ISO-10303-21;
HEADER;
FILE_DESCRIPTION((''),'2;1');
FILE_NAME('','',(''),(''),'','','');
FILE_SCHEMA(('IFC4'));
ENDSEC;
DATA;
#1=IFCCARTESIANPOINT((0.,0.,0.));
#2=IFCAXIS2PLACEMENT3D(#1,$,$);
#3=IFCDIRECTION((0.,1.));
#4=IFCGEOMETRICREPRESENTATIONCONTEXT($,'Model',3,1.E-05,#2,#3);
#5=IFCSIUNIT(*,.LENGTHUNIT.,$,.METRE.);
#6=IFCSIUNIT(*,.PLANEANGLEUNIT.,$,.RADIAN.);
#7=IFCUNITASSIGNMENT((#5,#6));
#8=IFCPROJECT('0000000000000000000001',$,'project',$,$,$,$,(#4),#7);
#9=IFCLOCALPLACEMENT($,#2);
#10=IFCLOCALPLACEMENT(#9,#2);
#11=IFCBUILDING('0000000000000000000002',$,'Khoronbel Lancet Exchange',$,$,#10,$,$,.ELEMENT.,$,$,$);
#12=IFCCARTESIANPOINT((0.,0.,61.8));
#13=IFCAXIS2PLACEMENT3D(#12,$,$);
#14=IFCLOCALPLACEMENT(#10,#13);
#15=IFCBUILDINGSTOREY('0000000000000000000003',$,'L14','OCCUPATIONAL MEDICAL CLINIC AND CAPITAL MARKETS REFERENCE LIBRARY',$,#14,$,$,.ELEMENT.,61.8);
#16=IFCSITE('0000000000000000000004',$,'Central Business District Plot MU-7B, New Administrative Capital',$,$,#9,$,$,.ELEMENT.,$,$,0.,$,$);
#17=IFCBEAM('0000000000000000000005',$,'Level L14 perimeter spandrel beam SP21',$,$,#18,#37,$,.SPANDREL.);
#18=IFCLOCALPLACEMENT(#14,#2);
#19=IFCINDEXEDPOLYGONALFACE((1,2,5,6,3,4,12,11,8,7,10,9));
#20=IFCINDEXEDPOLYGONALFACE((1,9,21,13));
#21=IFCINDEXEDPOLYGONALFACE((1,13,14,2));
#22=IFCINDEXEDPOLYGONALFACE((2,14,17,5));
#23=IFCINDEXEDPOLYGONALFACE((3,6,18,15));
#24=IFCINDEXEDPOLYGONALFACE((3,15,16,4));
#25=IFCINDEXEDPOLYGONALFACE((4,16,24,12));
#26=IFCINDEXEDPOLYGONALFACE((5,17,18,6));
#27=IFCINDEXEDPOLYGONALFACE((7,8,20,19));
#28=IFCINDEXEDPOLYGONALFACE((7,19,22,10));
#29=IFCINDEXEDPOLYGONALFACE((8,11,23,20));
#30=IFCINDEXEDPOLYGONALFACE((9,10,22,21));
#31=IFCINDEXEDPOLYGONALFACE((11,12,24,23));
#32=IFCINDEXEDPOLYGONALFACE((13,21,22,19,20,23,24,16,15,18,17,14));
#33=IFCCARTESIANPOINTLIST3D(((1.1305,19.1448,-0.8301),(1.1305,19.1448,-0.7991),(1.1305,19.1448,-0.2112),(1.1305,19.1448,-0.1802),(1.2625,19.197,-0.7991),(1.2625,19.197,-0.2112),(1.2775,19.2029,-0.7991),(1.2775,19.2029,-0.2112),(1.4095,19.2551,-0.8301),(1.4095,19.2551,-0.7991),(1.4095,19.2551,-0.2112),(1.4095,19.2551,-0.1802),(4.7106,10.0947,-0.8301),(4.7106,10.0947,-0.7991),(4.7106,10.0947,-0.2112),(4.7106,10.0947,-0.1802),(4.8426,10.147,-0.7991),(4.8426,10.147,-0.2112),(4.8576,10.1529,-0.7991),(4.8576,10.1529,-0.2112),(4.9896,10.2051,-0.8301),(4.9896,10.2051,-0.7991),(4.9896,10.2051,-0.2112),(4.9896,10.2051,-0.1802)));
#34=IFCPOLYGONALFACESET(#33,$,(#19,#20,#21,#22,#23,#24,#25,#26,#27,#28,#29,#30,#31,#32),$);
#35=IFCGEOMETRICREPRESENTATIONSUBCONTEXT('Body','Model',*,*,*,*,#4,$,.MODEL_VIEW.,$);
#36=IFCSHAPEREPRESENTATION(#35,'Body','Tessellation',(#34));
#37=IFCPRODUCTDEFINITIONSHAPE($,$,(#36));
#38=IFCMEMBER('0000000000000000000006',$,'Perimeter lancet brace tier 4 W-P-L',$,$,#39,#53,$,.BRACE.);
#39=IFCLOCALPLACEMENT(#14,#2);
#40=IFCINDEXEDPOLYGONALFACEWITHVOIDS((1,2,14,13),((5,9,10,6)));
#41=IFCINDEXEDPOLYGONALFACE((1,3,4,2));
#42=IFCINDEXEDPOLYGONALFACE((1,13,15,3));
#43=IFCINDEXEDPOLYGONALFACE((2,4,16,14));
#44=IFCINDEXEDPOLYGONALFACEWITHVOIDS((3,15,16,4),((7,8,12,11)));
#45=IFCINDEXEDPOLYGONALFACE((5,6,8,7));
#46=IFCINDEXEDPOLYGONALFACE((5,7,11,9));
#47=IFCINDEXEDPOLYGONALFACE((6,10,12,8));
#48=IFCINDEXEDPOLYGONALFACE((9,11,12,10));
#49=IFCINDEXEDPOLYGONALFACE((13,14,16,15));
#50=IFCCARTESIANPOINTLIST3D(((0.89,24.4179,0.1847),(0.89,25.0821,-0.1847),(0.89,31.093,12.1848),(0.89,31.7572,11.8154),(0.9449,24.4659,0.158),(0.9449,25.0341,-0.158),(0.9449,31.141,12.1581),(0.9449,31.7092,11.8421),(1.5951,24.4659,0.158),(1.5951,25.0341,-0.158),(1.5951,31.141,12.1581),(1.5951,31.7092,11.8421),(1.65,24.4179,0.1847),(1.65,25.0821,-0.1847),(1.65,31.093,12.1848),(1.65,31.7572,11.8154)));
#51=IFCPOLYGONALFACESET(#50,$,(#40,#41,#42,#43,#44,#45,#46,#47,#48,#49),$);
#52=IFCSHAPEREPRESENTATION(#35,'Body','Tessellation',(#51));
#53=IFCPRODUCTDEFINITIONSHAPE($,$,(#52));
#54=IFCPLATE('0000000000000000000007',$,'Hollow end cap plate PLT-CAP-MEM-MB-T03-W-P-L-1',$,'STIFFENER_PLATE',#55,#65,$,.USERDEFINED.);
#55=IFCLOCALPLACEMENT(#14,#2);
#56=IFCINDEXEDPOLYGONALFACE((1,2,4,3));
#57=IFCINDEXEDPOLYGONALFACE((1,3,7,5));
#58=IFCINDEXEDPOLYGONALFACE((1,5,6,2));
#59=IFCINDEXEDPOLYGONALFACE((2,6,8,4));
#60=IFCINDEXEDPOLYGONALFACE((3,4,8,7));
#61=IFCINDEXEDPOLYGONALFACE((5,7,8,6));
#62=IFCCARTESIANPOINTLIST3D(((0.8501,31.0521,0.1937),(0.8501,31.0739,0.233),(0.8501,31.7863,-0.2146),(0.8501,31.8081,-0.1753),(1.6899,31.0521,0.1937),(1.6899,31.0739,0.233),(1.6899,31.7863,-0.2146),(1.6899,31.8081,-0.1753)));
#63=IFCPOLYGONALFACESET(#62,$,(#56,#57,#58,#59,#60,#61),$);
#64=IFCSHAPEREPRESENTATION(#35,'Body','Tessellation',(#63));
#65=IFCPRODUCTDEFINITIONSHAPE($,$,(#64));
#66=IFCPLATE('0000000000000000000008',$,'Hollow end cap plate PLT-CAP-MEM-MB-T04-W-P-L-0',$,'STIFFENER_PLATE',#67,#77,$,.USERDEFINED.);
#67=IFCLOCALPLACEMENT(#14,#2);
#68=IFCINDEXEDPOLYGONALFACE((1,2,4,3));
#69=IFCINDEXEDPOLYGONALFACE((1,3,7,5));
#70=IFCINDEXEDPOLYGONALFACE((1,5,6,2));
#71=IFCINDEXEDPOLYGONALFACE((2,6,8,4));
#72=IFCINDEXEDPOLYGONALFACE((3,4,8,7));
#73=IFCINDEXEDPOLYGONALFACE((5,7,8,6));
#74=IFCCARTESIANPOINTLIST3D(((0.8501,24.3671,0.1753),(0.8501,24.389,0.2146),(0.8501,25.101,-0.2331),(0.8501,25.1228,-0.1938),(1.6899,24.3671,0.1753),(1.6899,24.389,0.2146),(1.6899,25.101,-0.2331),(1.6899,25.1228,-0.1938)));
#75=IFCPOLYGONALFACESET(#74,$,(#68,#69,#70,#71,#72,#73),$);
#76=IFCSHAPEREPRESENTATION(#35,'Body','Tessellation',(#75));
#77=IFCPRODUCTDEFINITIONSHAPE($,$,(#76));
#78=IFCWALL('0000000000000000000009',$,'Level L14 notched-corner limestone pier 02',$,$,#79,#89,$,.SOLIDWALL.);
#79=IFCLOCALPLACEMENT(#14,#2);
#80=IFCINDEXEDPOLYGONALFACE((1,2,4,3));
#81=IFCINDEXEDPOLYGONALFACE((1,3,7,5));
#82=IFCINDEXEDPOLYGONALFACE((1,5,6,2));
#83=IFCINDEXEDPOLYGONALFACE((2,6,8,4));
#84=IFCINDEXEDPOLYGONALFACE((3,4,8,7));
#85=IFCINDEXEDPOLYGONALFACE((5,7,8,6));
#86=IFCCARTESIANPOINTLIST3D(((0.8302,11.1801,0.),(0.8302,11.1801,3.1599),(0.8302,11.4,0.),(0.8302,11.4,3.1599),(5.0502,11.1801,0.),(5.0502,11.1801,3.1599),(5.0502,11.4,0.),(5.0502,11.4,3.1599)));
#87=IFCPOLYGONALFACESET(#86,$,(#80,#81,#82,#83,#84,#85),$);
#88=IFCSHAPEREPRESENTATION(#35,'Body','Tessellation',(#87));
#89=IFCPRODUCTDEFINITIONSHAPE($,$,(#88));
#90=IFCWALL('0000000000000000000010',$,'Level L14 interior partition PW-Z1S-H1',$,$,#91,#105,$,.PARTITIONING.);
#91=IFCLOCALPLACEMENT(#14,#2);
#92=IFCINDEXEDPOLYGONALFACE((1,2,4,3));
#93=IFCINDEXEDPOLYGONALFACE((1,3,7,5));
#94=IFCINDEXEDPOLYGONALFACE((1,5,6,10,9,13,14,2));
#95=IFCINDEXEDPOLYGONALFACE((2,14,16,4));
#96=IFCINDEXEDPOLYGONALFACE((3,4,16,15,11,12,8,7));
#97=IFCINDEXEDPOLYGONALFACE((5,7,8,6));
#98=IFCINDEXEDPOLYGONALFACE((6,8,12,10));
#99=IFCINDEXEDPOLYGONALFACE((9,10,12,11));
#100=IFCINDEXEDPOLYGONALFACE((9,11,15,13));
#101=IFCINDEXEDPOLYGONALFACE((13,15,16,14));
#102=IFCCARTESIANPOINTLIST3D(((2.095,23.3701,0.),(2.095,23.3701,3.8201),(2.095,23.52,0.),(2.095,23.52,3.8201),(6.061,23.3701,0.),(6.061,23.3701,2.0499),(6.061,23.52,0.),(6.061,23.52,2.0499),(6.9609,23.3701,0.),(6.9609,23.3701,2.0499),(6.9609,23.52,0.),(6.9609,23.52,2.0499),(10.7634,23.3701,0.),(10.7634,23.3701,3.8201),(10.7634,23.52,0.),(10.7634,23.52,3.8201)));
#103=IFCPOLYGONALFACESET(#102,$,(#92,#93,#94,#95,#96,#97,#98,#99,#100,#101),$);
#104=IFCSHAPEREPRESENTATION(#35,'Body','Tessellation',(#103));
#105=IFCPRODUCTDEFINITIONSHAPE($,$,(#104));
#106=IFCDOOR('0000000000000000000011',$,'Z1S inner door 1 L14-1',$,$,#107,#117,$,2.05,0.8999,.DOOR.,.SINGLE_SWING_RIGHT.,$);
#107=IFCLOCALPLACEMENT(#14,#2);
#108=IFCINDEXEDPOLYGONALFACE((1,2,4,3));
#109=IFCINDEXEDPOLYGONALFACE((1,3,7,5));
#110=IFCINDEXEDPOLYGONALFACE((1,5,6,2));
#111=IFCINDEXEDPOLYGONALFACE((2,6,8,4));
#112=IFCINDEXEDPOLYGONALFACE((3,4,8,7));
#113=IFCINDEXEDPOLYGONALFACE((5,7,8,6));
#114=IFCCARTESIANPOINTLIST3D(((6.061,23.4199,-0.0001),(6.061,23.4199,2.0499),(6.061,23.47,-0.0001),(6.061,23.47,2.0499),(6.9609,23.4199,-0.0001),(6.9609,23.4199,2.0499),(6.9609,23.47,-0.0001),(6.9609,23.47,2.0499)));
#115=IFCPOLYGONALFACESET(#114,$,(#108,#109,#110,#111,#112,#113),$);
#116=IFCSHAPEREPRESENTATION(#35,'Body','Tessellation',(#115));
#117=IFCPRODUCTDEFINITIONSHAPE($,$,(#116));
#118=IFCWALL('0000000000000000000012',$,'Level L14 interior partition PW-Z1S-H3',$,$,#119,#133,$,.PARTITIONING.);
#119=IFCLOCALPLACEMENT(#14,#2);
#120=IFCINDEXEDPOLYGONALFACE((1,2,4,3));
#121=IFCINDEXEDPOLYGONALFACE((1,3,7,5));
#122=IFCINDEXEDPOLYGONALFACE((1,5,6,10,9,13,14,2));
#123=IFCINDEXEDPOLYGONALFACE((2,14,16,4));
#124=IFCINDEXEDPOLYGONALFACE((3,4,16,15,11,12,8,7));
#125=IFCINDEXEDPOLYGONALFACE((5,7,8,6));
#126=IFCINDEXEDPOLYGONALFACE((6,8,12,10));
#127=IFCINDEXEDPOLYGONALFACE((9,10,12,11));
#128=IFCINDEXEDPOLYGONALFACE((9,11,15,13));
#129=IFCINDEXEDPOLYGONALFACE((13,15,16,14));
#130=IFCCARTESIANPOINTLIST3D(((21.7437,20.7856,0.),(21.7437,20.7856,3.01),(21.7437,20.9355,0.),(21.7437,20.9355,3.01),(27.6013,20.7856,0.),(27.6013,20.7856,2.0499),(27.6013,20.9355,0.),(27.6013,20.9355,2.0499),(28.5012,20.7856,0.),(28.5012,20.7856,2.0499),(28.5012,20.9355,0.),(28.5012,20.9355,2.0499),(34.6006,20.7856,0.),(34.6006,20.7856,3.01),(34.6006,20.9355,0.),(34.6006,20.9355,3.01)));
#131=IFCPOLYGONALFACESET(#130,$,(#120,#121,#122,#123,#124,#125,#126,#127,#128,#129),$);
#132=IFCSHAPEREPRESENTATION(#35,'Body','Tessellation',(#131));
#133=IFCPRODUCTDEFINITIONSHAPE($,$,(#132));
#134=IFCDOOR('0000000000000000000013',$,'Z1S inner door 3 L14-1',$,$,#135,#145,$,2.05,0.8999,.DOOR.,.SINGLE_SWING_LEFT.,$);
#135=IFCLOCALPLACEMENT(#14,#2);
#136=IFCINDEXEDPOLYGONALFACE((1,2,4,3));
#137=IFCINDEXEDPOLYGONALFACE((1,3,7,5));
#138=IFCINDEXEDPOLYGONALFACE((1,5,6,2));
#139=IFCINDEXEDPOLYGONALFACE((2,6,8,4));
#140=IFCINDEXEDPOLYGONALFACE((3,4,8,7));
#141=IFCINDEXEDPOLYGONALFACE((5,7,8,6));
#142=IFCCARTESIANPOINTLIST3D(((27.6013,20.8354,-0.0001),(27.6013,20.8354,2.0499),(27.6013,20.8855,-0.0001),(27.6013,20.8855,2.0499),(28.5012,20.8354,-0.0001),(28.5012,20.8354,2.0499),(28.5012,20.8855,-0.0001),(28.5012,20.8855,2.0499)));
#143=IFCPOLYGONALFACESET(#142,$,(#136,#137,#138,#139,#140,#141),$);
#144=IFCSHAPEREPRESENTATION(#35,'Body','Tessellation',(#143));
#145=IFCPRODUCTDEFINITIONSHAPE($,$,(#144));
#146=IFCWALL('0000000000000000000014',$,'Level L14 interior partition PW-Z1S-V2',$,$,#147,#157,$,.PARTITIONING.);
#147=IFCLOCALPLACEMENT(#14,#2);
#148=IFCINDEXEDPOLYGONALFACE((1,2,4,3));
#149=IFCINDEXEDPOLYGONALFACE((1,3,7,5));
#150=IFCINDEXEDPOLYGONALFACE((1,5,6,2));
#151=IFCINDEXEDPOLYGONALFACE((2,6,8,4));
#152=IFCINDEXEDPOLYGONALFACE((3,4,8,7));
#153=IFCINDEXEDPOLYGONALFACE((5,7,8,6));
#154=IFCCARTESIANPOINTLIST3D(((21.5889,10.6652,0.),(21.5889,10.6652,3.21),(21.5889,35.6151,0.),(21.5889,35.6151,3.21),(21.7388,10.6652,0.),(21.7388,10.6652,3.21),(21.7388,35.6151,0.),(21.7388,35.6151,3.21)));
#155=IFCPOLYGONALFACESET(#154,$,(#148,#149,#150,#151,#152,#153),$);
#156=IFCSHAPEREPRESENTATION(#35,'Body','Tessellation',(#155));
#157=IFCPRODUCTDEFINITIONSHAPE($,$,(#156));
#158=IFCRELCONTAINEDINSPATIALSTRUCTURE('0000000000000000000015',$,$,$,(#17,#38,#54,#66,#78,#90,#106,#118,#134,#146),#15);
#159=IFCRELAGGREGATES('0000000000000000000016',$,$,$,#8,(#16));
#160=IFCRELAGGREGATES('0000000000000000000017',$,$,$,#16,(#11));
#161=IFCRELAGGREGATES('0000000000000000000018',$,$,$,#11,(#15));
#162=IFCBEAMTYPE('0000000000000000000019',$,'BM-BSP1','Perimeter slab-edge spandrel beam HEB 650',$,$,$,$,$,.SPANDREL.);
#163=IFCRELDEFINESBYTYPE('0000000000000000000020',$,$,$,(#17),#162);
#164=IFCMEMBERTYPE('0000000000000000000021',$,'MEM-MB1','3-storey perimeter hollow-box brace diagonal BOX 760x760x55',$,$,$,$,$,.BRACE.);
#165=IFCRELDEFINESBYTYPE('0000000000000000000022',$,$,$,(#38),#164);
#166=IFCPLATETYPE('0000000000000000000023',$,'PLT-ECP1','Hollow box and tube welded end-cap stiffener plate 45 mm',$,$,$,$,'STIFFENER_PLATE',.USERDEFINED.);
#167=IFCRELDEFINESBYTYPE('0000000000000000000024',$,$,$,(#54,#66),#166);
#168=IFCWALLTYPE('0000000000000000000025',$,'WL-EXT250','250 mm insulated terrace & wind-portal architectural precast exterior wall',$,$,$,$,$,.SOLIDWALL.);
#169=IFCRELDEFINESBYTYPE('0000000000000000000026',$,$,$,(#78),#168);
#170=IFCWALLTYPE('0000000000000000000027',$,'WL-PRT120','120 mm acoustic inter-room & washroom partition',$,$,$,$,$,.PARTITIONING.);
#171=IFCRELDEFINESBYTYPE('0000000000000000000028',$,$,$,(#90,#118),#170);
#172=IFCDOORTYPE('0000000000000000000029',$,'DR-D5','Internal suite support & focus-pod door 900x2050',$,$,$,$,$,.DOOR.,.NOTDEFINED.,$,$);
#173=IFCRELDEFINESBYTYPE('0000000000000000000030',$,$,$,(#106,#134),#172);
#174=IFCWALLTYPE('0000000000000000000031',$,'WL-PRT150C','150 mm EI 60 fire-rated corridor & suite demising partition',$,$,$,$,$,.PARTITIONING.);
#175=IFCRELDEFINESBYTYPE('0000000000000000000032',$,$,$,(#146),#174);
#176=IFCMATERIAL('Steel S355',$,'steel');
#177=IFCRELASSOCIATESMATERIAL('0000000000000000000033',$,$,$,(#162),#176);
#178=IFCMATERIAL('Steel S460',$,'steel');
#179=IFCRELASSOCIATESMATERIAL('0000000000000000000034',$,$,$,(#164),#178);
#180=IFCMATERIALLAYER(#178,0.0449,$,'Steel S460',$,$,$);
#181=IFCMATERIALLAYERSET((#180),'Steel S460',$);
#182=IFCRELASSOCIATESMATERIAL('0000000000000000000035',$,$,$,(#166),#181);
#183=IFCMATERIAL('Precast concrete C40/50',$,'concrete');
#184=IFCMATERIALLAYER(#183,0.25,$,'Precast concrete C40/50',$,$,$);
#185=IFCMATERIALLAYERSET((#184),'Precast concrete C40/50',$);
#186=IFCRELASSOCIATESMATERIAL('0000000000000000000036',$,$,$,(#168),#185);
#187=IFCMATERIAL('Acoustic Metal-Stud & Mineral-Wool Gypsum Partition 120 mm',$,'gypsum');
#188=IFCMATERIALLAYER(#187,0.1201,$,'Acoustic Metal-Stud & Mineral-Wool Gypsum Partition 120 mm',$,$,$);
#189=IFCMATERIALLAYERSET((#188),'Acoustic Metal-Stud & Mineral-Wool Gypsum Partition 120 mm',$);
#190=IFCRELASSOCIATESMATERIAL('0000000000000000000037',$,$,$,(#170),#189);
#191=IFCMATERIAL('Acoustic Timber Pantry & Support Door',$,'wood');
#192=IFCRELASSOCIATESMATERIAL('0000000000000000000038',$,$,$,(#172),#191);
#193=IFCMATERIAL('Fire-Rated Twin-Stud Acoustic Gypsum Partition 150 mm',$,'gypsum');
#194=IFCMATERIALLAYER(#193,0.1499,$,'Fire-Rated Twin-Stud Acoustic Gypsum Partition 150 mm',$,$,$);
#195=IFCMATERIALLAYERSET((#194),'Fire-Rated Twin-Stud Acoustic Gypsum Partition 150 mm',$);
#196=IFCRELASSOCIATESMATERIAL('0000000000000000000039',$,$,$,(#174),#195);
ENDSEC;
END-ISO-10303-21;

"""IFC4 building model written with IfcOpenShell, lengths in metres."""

from ifc_helpers import new_model, si_unit, direction, frame, frame_2d, origin, origin_2d, place, context, subcontext, project, spatial, polyline, rectangle, hollow_rectangle, i_section, outline, extrude, material, layer, layer_set, material_profile, profile_set, type_object, element, fill, save


model = new_model("IFC4")

# Units and contexts
model_context = context("Model", 3, precision=1e-05, world=origin(), true_north=direction((0.0, 1.0)))
body_context = subcontext(model_context, "Body", "Model", "MODEL_VIEW")
ifc_project = project(units=[si_unit("LENGTHUNIT", "METRE"), si_unit("PLANEANGLEUNIT", "RADIAN")], contexts=[model_context])

# Site, building, storey
site_placement = place(None, origin())
site = spatial("IfcSite", under=ifc_project, at=site_placement, Name="Central Business District Plot MU-7B, New Administrative Capital", CompositionType="ELEMENT", RefElevation=0.0)
building_placement = place(site_placement, origin())
building = spatial("IfcBuilding", under=site, at=building_placement, Name="Khoronbel Lancet Exchange", CompositionType="ELEMENT")
storey_placement = place(building_placement, frame((0.0, 0.0, 61.8)))
storey = spatial("IfcBuildingStorey", under=building, at=storey_placement, Name="L14", Description="OCCUPATIONAL MEDICAL CLINIC AND CAPITAL MARKETS REFERENCE LIBRARY", CompositionType="ELEMENT", Elevation=61.8)

# Shared definitions
ifc_material_1 = material(Name="Steel S355", Category="steel")

# Beam
ifc_material_profile_1 = material_profile(ifc_material_1, i_section(OverallWidth=0.3, OverallDepth=0.6499, WebThickness=0.0161, FlangeThickness=0.031, at=origin_2d()), Name="HEB 650")
ifc_profile_set_1 = profile_set([ifc_material_profile_1], Name="Steel S355")
beam_type_1 = type_object("IfcBeamType", Name="BM-BSP1", Description="Perimeter slab-edge spandrel beam HEB 650", PredefinedType="SPANDREL", material=ifc_profile_set_1)
beam_1_placement = place(storey_placement, frame((1.27, 19.2, -0.5051), z_axis=(0.36785, -0.929885, 0.0), x_axis=(0.929885, 0.36785, 0.0)))
element("IfcBeam", 1, at=beam_1_placement, inside=storey, type_object=beam_type_1, Name="Level L14 perimeter spandrel beam SP21", PredefinedType="SPANDREL", context=body_context, shape_type="SweptSolid", body=[
    extrude(i_section(OverallWidth=0.3, OverallDepth=0.6499, WebThickness=0.0161, FlangeThickness=0.031, at=origin_2d()), origin(), (0.0, 0.0, 1.0), 9.7324),
])

# Member
ifc_material_2 = material(Name="Steel S460", Category="steel")
ifc_material_profile_2 = material_profile(ifc_material_2, hollow_rectangle(XDim=0.76, YDim=0.76, WallThickness=0.0549, at=origin_2d()), Name="BOX 760x760x55")
ifc_profile_set_2 = profile_set([ifc_material_profile_2], Name="Steel S460")
member_type = type_object("IfcMemberType", Name="MEM-MB1", Description="3-storey perimeter hollow-box brace diagonal BOX 760x760x55", PredefinedType="BRACE", material=ifc_profile_set_2)
member_placement = place(storey_placement, frame((1.27, 24.75, 0.0), z_axis=(0.0, 0.486109, 0.873898), x_axis=(-1.0, 0.0, 0.0)))
element("IfcMember", 2, at=member_placement, inside=storey, type_object=member_type, Name="Perimeter lancet brace tier 4 W-P-L", PredefinedType="BRACE", context=body_context, shape_type="SweptSolid", body=[
    extrude(hollow_rectangle(XDim=0.76, YDim=0.76, WallThickness=0.0549, at=origin_2d()), origin(), (0.0, 0.0, 1.0), 13.7317),
])

# Plates
ifc_layer_1 = layer(ifc_material_2, 0.0449, Name="Steel S460")
ifc_layer_set_1 = layer_set([ifc_layer_1], Name="Steel S460")
plate_type = type_object("IfcPlateType", Name="PLT-ECP1", Description="Hollow box and tube welded end-cap stiffener plate 45 mm", ElementType="STIFFENER_PLATE", PredefinedType="USERDEFINED", material=ifc_layer_set_1)
plate_1_placement = place(storey_placement, frame((1.6899, 31.8081, -0.1753), z_axis=(0.0, 0.485964, 0.873979), x_axis=(-1.0, 0.0, 0.0)))
element("IfcPlate", 3, at=plate_1_placement, inside=storey, type_object=plate_type, Name="Hollow end cap plate PLT-CAP-MEM-MB-T03-W-P-L-1", ObjectType="STIFFENER_PLATE", PredefinedType="USERDEFINED", context=body_context, shape_type="SweptSolid", body=[
    extrude(outline(polyline([(0.0, 0.0), (0.8398, 0.0), (0.8398, 0.8401), (0.0, 0.8401), (0.0, 0.0)])), origin(), (0.0, 0.0, -1.0), 0.0449),
])
plate_2_placement = place(storey_placement, frame((1.6899, 25.1228, -0.1938), z_axis=(0.0, 0.486309, 0.873787), x_axis=(-1.0, 0.0, 0.0)))
element("IfcPlate", 4, at=plate_2_placement, inside=storey, type_object=plate_type, Name="Hollow end cap plate PLT-CAP-MEM-MB-T04-W-P-L-0", ObjectType="STIFFENER_PLATE", PredefinedType="USERDEFINED", context=body_context, shape_type="SweptSolid", body=[
    extrude(outline(polyline([(0.0, 0.0), (0.8398, 0.0), (0.8398, 0.8398), (0.0, 0.8398), (0.0, 0.0)])), origin(), (0.0, 0.0, -1.0), 0.0449),
])

# Wall
ifc_material_3 = material(Name="Precast concrete C40/50", Category="concrete")
ifc_layer_2 = layer(ifc_material_3, 0.25, Name="Precast concrete C40/50")
ifc_layer_set_2 = layer_set([ifc_layer_2], Name="Precast concrete C40/50")
wall_type_1 = type_object("IfcWallType", Name="WL-EXT250", Description="250 mm insulated terrace & wind-portal architectural precast exterior wall", PredefinedType="SOLIDWALL", material=ifc_layer_set_2)
wall_1_placement = place(storey_placement, frame((5.05, 11.29, 0.0), z_axis=(0.0, 0.0, 1.0), x_axis=(-1.0, 0.0, 0.0)))
element("IfcWall", 5, at=wall_1_placement, inside=storey, type_object=wall_type_1, Name="Level L14 notched-corner limestone pier 02", PredefinedType="SOLIDWALL", context=body_context, shape_type="SweptSolid", body=[
    extrude(rectangle(XDim=4.22, YDim=0.22, at=frame_2d((2.1099, 0.0))), origin(), (0.0, 0.0, 1.0), 3.1599),
])

# Walls, openings, doors
ifc_material_4 = material(Name="Acoustic Metal-Stud & Mineral-Wool Gypsum Partition 120 mm", Category="gypsum")
ifc_layer_3 = layer(ifc_material_4, 0.1201, Name="Acoustic Metal-Stud & Mineral-Wool Gypsum Partition 120 mm")
ifc_layer_set_3 = layer_set([ifc_layer_3], Name="Acoustic Metal-Stud & Mineral-Wool Gypsum Partition 120 mm")
wall_type_2 = type_object("IfcWallType", Name="WL-PRT120", Description="120 mm acoustic inter-room & washroom partition", PredefinedType="PARTITIONING", material=ifc_layer_set_3)
wall_2_placement = place(storey_placement, frame((2.095, 23.4451, 0.0), z_axis=(0.0, 0.0, 1.0), x_axis=(1.0, 0.0, 0.0)))
wall_2 = element("IfcWall", 6, at=wall_2_placement, inside=storey, type_object=wall_type_2, Name="Level L14 interior partition PW-Z1S-H1", PredefinedType="PARTITIONING", context=body_context, shape_type="SweptSolid", body=[
    extrude(rectangle(XDim=8.6685, YDim=0.1499, at=frame_2d((4.3342, 0.0))), origin(), (0.0, 0.0, 1.0), 3.8201),
])
opening_1_placement = place(wall_2_placement, frame((3.9661, 0.0, 0.0)))
opening_1 = element("IfcOpeningElement", 7, at=opening_1_placement, cuts=wall_2, PredefinedType="OPENING", context=body_context, shape_type="SweptSolid", body=[
    extrude(rectangle(XDim=0.8999, YDim=2.05, at=frame_2d((0.45, 1.0249))), frame((0.0, 0.085, 0.0), z_axis=(0.0, -1.0, 0.0), x_axis=(1.0, 0.0, 0.0)), (0.0, 0.0, 1.0), 0.1699),
])
ifc_material_5 = material(Name="Acoustic Timber Pantry & Support Door", Category="wood")
door_type = type_object("IfcDoorType", Name="DR-D5", Description="Internal suite support & focus-pod door 900x2050", OperationType="NOTDEFINED", PredefinedType="DOOR", material=ifc_material_5)
door_1_placement = place(opening_1_placement, origin())
door_1 = element("IfcDoor", 8, at=door_1_placement, inside=storey, type_object=door_type, Name="Z1S inner door 1 L14-1", OperationType="SINGLE_SWING_RIGHT", OverallHeight=2.05, OverallWidth=0.8999, PredefinedType="DOOR", context=body_context, shape_type="SweptSolid", body=[
    extrude(rectangle(XDim=0.8999, YDim=2.05, at=frame_2d((0.45, 1.0249))), frame((0.0, 0.0249, 0.0), z_axis=(0.0, -1.0, 0.0), x_axis=(1.0, 0.0, 0.0)), (0.0, 0.0, 1.0), 0.05),
])
fill(opening_1, door_1)
wall_3_placement = place(storey_placement, frame((21.7437, 20.8606, 0.0), z_axis=(0.0, 0.0, 1.0), x_axis=(1.0, 0.0, 0.0)))
wall_3 = element("IfcWall", 9, at=wall_3_placement, inside=storey, type_object=wall_type_2, Name="Level L14 interior partition PW-Z1S-H3", PredefinedType="PARTITIONING", context=body_context, shape_type="SweptSolid", body=[
    extrude(rectangle(XDim=12.8569, YDim=0.1499, at=frame_2d((6.4285, 0.0))), origin(), (0.0, 0.0, 1.0), 3.01),
])
opening_2_placement = place(wall_3_placement, frame((5.8577, 0.0, 0.0)))
opening_2 = element("IfcOpeningElement", 10, at=opening_2_placement, cuts=wall_3, PredefinedType="OPENING", context=body_context, shape_type="SweptSolid", body=[
    extrude(rectangle(XDim=0.8999, YDim=2.05, at=frame_2d((0.45, 1.0249))), frame((0.0, 0.085, 0.0), z_axis=(0.0, -1.0, 0.0), x_axis=(1.0, 0.0, 0.0)), (0.0, 0.0, 1.0), 0.1699),
])
door_2_placement = place(opening_2_placement, origin())
door_2 = element("IfcDoor", 11, at=door_2_placement, inside=storey, type_object=door_type, Name="Z1S inner door 3 L14-1", OperationType="SINGLE_SWING_LEFT", OverallHeight=2.05, OverallWidth=0.8999, PredefinedType="DOOR", context=body_context, shape_type="SweptSolid", body=[
    extrude(rectangle(XDim=0.8999, YDim=2.05, at=frame_2d((0.45, 1.0249))), frame((0.0, 0.0249, 0.0), z_axis=(0.0, -1.0, 0.0), x_axis=(1.0, 0.0, 0.0)), (0.0, 0.0, 1.0), 0.05),
])
fill(opening_2, door_2)

# Wall
ifc_material_6 = material(Name="Fire-Rated Twin-Stud Acoustic Gypsum Partition 150 mm", Category="gypsum")
ifc_layer_4 = layer(ifc_material_6, 0.1499, Name="Fire-Rated Twin-Stud Acoustic Gypsum Partition 150 mm")
ifc_layer_set_4 = layer_set([ifc_layer_4], Name="Fire-Rated Twin-Stud Acoustic Gypsum Partition 150 mm")
wall_type_3 = type_object("IfcWallType", Name="WL-PRT150C", Description="150 mm EI 60 fire-rated corridor & suite demising partition", PredefinedType="PARTITIONING", material=ifc_layer_set_4)
wall_4_placement = place(storey_placement, frame((21.6638, 10.665, 0.0), z_axis=(0.0, 0.0, 1.0), x_axis=(0.0, 1.0, 0.0)))
element("IfcWall", 12, at=wall_4_placement, inside=storey, type_object=wall_type_3, Name="Level L14 interior partition PW-Z1S-V2", PredefinedType="PARTITIONING", context=body_context, shape_type="SweptSolid", body=[
    extrude(rectangle(XDim=24.95, YDim=0.1499, at=frame_2d((12.4751, 0.0))), origin(), (0.0, 0.0, 1.0), 3.21),
])

save(model, "model.ifc")
